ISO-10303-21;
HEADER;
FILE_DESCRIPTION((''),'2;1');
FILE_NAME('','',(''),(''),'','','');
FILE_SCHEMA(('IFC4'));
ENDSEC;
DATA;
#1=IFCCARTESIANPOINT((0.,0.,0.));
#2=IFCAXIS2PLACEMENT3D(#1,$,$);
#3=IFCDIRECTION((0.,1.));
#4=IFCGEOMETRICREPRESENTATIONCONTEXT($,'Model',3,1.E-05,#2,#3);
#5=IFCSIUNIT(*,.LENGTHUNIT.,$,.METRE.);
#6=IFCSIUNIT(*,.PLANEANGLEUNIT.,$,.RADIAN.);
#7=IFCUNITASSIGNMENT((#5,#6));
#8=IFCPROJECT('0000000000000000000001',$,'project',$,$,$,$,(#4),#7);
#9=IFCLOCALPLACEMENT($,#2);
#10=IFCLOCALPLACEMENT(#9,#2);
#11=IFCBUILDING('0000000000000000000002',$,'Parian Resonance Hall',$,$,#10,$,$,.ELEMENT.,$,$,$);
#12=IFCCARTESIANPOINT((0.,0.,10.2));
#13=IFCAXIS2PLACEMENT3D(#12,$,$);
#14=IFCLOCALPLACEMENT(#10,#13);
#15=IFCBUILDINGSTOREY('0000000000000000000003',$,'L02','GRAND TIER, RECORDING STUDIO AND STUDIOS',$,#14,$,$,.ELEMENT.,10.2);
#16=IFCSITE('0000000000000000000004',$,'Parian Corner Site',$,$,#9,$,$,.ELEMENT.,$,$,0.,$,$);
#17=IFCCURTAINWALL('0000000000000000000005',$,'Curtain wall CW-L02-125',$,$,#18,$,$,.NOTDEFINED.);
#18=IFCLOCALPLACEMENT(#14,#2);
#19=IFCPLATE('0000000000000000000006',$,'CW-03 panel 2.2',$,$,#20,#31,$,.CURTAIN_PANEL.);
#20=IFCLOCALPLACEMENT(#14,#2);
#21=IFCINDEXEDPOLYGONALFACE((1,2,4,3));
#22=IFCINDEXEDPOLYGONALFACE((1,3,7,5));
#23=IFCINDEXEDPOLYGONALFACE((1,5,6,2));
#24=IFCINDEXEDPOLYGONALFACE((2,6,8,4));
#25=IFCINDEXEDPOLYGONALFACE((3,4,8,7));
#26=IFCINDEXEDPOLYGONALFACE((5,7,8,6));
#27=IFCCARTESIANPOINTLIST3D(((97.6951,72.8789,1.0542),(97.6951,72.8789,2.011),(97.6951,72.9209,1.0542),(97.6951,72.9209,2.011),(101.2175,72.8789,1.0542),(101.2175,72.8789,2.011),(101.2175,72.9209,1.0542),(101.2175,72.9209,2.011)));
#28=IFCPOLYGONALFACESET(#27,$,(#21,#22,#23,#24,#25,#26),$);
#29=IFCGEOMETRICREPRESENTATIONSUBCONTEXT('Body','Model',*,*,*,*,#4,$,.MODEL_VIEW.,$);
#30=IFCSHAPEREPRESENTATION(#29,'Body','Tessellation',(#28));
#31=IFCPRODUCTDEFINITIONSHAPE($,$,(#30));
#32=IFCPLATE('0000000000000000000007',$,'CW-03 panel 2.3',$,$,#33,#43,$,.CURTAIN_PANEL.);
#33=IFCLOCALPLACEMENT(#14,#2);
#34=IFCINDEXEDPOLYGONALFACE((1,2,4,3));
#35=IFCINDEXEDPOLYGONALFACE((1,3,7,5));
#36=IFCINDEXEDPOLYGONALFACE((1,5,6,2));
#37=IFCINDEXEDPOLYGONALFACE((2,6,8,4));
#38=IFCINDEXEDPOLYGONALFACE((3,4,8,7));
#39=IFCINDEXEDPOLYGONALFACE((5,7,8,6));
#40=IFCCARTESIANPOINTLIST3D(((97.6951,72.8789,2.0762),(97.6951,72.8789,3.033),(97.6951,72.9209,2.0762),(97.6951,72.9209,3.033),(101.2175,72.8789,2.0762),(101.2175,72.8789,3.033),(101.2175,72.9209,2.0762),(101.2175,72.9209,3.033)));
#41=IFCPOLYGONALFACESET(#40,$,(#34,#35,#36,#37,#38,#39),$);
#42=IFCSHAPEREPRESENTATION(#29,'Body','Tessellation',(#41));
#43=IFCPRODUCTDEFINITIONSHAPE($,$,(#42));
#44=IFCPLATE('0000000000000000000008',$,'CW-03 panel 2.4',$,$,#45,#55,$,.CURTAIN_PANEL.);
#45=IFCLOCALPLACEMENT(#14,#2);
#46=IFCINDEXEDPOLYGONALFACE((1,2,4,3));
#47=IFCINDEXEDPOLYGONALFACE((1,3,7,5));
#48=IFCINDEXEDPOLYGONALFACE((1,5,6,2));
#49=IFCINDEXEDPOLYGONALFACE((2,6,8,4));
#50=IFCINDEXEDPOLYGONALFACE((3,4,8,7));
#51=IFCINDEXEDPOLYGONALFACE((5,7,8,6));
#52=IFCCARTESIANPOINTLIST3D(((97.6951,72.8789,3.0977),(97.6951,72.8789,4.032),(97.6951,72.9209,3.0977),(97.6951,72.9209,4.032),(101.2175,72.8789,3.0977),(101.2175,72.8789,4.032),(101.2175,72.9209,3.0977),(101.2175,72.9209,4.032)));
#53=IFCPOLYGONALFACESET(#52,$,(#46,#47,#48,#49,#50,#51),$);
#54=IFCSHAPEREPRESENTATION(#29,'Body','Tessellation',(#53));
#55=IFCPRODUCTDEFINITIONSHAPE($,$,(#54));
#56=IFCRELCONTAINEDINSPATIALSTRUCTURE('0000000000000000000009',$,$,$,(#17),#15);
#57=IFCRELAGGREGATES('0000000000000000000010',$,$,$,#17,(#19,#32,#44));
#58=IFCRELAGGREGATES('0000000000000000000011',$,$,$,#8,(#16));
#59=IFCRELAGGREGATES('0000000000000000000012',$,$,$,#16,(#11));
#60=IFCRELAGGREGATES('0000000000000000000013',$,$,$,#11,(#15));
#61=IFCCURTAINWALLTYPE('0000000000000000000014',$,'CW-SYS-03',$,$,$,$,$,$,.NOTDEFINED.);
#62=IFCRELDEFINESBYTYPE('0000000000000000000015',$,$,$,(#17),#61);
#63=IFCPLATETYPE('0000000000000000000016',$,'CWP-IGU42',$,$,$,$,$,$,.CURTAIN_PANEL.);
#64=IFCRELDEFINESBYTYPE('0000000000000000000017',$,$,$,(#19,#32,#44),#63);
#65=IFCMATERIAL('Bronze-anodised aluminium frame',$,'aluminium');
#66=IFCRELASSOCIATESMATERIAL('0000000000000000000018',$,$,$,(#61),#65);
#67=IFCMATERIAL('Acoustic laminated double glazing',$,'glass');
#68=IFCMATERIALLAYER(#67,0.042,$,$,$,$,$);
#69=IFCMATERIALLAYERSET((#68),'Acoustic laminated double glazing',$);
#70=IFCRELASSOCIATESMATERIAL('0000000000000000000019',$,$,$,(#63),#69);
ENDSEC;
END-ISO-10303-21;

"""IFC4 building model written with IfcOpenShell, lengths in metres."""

from ifc_helpers import new_model, si_unit, direction, frame, origin, origin_2d, place, context, subcontext, project, spatial, rectangle, extrude, material, layer, layer_set, type_object, element, aggregate, save


model = new_model("IFC4")

# Units and contexts
model_context = context("Model", 3, precision=1e-05, world=origin(), true_north=direction((0.0, 1.0)))
body_context = subcontext(model_context, "Body", "Model", "MODEL_VIEW")
ifc_project = project(units=[si_unit("LENGTHUNIT", "METRE"), si_unit("PLANEANGLEUNIT", "RADIAN")], contexts=[model_context])

# Site, building, storey
site_placement = place(None, origin())
site = spatial("IfcSite", under=ifc_project, at=site_placement, Name="Parian Corner Site", CompositionType="ELEMENT", RefElevation=0.0)
building_placement = place(site_placement, origin())
building = spatial("IfcBuilding", under=site, at=building_placement, Name="Parian Resonance Hall", CompositionType="ELEMENT")
storey_placement = place(building_placement, frame((0.0, 0.0, 10.2)))
storey = spatial("IfcBuildingStorey", under=building, at=storey_placement, Name="L02", Description="GRAND TIER, RECORDING STUDIO AND STUDIOS", CompositionType="ELEMENT", Elevation=10.2)

# Curtain wall
ifc_material_1 = material(Name="Bronze-anodised aluminium frame", Category="aluminium")
curtain_wall_type_1 = type_object("IfcCurtainWallType", Name="CW-SYS-03", PredefinedType="NOTDEFINED", material=ifc_material_1)
curtain_wall_1_placement = place(storey_placement, origin())
curtain_wall_1 = element("IfcCurtainWall", 1, at=curtain_wall_1_placement, inside=storey, type_object=curtain_wall_type_1, Name="Curtain wall CW-L02-125", PredefinedType="NOTDEFINED")

# Plates
ifc_material_2 = material(Name="Acoustic laminated double glazing", Category="glass")
ifc_layer = layer(ifc_material_2, 0.042)
ifc_layer_set = layer_set([ifc_layer], Name="Acoustic laminated double glazing")
plate_type = type_object("IfcPlateType", Name="CWP-IGU42", PredefinedType="CURTAIN_PANEL", material=ifc_layer_set)
plate_1_placement = place(storey_placement, frame((99.4563, 72.8999, 1.0542), z_axis=(0.0, 0.0, 1.0), x_axis=(-1.0, 0.0, 0.0)))
plate_1 = element("IfcPlate", 2, at=plate_1_placement, type_object=plate_type, Name="CW-03 panel 2.2", PredefinedType="CURTAIN_PANEL", context=body_context, shape_type="SweptSolid", body=[
    extrude(rectangle(XDim=3.5225, YDim=0.042, at=origin_2d()), origin(), (0.0, 0.0, 1.0), 0.9568),
])
plate_2_placement = place(storey_placement, frame((99.4563, 72.8999, 2.0762), z_axis=(0.0, 0.0, 1.0), x_axis=(-1.0, 0.0, 0.0)))
plate_2 = element("IfcPlate", 3, at=plate_2_placement, type_object=plate_type, Name="CW-03 panel 2.3", PredefinedType="CURTAIN_PANEL", context=body_context, shape_type="SweptSolid", body=[
    extrude(rectangle(XDim=3.5225, YDim=0.042, at=origin_2d()), origin(), (0.0, 0.0, 1.0), 0.9568),
])
plate_3_placement = place(storey_placement, frame((99.4563, 72.8999, 3.0977), z_axis=(0.0, 0.0, 1.0), x_axis=(-1.0, 0.0, 0.0)))
plate_3 = element("IfcPlate", 4, at=plate_3_placement, type_object=plate_type, Name="CW-03 panel 2.4", PredefinedType="CURTAIN_PANEL", context=body_context, shape_type="SweptSolid", body=[
    extrude(rectangle(XDim=3.5225, YDim=0.042, at=origin_2d()), origin(), (0.0, 0.0, 1.0), 0.9343),
])
aggregate(curtain_wall_1, [plate_1, plate_2, plate_3])

save(model, "model.ifc")
